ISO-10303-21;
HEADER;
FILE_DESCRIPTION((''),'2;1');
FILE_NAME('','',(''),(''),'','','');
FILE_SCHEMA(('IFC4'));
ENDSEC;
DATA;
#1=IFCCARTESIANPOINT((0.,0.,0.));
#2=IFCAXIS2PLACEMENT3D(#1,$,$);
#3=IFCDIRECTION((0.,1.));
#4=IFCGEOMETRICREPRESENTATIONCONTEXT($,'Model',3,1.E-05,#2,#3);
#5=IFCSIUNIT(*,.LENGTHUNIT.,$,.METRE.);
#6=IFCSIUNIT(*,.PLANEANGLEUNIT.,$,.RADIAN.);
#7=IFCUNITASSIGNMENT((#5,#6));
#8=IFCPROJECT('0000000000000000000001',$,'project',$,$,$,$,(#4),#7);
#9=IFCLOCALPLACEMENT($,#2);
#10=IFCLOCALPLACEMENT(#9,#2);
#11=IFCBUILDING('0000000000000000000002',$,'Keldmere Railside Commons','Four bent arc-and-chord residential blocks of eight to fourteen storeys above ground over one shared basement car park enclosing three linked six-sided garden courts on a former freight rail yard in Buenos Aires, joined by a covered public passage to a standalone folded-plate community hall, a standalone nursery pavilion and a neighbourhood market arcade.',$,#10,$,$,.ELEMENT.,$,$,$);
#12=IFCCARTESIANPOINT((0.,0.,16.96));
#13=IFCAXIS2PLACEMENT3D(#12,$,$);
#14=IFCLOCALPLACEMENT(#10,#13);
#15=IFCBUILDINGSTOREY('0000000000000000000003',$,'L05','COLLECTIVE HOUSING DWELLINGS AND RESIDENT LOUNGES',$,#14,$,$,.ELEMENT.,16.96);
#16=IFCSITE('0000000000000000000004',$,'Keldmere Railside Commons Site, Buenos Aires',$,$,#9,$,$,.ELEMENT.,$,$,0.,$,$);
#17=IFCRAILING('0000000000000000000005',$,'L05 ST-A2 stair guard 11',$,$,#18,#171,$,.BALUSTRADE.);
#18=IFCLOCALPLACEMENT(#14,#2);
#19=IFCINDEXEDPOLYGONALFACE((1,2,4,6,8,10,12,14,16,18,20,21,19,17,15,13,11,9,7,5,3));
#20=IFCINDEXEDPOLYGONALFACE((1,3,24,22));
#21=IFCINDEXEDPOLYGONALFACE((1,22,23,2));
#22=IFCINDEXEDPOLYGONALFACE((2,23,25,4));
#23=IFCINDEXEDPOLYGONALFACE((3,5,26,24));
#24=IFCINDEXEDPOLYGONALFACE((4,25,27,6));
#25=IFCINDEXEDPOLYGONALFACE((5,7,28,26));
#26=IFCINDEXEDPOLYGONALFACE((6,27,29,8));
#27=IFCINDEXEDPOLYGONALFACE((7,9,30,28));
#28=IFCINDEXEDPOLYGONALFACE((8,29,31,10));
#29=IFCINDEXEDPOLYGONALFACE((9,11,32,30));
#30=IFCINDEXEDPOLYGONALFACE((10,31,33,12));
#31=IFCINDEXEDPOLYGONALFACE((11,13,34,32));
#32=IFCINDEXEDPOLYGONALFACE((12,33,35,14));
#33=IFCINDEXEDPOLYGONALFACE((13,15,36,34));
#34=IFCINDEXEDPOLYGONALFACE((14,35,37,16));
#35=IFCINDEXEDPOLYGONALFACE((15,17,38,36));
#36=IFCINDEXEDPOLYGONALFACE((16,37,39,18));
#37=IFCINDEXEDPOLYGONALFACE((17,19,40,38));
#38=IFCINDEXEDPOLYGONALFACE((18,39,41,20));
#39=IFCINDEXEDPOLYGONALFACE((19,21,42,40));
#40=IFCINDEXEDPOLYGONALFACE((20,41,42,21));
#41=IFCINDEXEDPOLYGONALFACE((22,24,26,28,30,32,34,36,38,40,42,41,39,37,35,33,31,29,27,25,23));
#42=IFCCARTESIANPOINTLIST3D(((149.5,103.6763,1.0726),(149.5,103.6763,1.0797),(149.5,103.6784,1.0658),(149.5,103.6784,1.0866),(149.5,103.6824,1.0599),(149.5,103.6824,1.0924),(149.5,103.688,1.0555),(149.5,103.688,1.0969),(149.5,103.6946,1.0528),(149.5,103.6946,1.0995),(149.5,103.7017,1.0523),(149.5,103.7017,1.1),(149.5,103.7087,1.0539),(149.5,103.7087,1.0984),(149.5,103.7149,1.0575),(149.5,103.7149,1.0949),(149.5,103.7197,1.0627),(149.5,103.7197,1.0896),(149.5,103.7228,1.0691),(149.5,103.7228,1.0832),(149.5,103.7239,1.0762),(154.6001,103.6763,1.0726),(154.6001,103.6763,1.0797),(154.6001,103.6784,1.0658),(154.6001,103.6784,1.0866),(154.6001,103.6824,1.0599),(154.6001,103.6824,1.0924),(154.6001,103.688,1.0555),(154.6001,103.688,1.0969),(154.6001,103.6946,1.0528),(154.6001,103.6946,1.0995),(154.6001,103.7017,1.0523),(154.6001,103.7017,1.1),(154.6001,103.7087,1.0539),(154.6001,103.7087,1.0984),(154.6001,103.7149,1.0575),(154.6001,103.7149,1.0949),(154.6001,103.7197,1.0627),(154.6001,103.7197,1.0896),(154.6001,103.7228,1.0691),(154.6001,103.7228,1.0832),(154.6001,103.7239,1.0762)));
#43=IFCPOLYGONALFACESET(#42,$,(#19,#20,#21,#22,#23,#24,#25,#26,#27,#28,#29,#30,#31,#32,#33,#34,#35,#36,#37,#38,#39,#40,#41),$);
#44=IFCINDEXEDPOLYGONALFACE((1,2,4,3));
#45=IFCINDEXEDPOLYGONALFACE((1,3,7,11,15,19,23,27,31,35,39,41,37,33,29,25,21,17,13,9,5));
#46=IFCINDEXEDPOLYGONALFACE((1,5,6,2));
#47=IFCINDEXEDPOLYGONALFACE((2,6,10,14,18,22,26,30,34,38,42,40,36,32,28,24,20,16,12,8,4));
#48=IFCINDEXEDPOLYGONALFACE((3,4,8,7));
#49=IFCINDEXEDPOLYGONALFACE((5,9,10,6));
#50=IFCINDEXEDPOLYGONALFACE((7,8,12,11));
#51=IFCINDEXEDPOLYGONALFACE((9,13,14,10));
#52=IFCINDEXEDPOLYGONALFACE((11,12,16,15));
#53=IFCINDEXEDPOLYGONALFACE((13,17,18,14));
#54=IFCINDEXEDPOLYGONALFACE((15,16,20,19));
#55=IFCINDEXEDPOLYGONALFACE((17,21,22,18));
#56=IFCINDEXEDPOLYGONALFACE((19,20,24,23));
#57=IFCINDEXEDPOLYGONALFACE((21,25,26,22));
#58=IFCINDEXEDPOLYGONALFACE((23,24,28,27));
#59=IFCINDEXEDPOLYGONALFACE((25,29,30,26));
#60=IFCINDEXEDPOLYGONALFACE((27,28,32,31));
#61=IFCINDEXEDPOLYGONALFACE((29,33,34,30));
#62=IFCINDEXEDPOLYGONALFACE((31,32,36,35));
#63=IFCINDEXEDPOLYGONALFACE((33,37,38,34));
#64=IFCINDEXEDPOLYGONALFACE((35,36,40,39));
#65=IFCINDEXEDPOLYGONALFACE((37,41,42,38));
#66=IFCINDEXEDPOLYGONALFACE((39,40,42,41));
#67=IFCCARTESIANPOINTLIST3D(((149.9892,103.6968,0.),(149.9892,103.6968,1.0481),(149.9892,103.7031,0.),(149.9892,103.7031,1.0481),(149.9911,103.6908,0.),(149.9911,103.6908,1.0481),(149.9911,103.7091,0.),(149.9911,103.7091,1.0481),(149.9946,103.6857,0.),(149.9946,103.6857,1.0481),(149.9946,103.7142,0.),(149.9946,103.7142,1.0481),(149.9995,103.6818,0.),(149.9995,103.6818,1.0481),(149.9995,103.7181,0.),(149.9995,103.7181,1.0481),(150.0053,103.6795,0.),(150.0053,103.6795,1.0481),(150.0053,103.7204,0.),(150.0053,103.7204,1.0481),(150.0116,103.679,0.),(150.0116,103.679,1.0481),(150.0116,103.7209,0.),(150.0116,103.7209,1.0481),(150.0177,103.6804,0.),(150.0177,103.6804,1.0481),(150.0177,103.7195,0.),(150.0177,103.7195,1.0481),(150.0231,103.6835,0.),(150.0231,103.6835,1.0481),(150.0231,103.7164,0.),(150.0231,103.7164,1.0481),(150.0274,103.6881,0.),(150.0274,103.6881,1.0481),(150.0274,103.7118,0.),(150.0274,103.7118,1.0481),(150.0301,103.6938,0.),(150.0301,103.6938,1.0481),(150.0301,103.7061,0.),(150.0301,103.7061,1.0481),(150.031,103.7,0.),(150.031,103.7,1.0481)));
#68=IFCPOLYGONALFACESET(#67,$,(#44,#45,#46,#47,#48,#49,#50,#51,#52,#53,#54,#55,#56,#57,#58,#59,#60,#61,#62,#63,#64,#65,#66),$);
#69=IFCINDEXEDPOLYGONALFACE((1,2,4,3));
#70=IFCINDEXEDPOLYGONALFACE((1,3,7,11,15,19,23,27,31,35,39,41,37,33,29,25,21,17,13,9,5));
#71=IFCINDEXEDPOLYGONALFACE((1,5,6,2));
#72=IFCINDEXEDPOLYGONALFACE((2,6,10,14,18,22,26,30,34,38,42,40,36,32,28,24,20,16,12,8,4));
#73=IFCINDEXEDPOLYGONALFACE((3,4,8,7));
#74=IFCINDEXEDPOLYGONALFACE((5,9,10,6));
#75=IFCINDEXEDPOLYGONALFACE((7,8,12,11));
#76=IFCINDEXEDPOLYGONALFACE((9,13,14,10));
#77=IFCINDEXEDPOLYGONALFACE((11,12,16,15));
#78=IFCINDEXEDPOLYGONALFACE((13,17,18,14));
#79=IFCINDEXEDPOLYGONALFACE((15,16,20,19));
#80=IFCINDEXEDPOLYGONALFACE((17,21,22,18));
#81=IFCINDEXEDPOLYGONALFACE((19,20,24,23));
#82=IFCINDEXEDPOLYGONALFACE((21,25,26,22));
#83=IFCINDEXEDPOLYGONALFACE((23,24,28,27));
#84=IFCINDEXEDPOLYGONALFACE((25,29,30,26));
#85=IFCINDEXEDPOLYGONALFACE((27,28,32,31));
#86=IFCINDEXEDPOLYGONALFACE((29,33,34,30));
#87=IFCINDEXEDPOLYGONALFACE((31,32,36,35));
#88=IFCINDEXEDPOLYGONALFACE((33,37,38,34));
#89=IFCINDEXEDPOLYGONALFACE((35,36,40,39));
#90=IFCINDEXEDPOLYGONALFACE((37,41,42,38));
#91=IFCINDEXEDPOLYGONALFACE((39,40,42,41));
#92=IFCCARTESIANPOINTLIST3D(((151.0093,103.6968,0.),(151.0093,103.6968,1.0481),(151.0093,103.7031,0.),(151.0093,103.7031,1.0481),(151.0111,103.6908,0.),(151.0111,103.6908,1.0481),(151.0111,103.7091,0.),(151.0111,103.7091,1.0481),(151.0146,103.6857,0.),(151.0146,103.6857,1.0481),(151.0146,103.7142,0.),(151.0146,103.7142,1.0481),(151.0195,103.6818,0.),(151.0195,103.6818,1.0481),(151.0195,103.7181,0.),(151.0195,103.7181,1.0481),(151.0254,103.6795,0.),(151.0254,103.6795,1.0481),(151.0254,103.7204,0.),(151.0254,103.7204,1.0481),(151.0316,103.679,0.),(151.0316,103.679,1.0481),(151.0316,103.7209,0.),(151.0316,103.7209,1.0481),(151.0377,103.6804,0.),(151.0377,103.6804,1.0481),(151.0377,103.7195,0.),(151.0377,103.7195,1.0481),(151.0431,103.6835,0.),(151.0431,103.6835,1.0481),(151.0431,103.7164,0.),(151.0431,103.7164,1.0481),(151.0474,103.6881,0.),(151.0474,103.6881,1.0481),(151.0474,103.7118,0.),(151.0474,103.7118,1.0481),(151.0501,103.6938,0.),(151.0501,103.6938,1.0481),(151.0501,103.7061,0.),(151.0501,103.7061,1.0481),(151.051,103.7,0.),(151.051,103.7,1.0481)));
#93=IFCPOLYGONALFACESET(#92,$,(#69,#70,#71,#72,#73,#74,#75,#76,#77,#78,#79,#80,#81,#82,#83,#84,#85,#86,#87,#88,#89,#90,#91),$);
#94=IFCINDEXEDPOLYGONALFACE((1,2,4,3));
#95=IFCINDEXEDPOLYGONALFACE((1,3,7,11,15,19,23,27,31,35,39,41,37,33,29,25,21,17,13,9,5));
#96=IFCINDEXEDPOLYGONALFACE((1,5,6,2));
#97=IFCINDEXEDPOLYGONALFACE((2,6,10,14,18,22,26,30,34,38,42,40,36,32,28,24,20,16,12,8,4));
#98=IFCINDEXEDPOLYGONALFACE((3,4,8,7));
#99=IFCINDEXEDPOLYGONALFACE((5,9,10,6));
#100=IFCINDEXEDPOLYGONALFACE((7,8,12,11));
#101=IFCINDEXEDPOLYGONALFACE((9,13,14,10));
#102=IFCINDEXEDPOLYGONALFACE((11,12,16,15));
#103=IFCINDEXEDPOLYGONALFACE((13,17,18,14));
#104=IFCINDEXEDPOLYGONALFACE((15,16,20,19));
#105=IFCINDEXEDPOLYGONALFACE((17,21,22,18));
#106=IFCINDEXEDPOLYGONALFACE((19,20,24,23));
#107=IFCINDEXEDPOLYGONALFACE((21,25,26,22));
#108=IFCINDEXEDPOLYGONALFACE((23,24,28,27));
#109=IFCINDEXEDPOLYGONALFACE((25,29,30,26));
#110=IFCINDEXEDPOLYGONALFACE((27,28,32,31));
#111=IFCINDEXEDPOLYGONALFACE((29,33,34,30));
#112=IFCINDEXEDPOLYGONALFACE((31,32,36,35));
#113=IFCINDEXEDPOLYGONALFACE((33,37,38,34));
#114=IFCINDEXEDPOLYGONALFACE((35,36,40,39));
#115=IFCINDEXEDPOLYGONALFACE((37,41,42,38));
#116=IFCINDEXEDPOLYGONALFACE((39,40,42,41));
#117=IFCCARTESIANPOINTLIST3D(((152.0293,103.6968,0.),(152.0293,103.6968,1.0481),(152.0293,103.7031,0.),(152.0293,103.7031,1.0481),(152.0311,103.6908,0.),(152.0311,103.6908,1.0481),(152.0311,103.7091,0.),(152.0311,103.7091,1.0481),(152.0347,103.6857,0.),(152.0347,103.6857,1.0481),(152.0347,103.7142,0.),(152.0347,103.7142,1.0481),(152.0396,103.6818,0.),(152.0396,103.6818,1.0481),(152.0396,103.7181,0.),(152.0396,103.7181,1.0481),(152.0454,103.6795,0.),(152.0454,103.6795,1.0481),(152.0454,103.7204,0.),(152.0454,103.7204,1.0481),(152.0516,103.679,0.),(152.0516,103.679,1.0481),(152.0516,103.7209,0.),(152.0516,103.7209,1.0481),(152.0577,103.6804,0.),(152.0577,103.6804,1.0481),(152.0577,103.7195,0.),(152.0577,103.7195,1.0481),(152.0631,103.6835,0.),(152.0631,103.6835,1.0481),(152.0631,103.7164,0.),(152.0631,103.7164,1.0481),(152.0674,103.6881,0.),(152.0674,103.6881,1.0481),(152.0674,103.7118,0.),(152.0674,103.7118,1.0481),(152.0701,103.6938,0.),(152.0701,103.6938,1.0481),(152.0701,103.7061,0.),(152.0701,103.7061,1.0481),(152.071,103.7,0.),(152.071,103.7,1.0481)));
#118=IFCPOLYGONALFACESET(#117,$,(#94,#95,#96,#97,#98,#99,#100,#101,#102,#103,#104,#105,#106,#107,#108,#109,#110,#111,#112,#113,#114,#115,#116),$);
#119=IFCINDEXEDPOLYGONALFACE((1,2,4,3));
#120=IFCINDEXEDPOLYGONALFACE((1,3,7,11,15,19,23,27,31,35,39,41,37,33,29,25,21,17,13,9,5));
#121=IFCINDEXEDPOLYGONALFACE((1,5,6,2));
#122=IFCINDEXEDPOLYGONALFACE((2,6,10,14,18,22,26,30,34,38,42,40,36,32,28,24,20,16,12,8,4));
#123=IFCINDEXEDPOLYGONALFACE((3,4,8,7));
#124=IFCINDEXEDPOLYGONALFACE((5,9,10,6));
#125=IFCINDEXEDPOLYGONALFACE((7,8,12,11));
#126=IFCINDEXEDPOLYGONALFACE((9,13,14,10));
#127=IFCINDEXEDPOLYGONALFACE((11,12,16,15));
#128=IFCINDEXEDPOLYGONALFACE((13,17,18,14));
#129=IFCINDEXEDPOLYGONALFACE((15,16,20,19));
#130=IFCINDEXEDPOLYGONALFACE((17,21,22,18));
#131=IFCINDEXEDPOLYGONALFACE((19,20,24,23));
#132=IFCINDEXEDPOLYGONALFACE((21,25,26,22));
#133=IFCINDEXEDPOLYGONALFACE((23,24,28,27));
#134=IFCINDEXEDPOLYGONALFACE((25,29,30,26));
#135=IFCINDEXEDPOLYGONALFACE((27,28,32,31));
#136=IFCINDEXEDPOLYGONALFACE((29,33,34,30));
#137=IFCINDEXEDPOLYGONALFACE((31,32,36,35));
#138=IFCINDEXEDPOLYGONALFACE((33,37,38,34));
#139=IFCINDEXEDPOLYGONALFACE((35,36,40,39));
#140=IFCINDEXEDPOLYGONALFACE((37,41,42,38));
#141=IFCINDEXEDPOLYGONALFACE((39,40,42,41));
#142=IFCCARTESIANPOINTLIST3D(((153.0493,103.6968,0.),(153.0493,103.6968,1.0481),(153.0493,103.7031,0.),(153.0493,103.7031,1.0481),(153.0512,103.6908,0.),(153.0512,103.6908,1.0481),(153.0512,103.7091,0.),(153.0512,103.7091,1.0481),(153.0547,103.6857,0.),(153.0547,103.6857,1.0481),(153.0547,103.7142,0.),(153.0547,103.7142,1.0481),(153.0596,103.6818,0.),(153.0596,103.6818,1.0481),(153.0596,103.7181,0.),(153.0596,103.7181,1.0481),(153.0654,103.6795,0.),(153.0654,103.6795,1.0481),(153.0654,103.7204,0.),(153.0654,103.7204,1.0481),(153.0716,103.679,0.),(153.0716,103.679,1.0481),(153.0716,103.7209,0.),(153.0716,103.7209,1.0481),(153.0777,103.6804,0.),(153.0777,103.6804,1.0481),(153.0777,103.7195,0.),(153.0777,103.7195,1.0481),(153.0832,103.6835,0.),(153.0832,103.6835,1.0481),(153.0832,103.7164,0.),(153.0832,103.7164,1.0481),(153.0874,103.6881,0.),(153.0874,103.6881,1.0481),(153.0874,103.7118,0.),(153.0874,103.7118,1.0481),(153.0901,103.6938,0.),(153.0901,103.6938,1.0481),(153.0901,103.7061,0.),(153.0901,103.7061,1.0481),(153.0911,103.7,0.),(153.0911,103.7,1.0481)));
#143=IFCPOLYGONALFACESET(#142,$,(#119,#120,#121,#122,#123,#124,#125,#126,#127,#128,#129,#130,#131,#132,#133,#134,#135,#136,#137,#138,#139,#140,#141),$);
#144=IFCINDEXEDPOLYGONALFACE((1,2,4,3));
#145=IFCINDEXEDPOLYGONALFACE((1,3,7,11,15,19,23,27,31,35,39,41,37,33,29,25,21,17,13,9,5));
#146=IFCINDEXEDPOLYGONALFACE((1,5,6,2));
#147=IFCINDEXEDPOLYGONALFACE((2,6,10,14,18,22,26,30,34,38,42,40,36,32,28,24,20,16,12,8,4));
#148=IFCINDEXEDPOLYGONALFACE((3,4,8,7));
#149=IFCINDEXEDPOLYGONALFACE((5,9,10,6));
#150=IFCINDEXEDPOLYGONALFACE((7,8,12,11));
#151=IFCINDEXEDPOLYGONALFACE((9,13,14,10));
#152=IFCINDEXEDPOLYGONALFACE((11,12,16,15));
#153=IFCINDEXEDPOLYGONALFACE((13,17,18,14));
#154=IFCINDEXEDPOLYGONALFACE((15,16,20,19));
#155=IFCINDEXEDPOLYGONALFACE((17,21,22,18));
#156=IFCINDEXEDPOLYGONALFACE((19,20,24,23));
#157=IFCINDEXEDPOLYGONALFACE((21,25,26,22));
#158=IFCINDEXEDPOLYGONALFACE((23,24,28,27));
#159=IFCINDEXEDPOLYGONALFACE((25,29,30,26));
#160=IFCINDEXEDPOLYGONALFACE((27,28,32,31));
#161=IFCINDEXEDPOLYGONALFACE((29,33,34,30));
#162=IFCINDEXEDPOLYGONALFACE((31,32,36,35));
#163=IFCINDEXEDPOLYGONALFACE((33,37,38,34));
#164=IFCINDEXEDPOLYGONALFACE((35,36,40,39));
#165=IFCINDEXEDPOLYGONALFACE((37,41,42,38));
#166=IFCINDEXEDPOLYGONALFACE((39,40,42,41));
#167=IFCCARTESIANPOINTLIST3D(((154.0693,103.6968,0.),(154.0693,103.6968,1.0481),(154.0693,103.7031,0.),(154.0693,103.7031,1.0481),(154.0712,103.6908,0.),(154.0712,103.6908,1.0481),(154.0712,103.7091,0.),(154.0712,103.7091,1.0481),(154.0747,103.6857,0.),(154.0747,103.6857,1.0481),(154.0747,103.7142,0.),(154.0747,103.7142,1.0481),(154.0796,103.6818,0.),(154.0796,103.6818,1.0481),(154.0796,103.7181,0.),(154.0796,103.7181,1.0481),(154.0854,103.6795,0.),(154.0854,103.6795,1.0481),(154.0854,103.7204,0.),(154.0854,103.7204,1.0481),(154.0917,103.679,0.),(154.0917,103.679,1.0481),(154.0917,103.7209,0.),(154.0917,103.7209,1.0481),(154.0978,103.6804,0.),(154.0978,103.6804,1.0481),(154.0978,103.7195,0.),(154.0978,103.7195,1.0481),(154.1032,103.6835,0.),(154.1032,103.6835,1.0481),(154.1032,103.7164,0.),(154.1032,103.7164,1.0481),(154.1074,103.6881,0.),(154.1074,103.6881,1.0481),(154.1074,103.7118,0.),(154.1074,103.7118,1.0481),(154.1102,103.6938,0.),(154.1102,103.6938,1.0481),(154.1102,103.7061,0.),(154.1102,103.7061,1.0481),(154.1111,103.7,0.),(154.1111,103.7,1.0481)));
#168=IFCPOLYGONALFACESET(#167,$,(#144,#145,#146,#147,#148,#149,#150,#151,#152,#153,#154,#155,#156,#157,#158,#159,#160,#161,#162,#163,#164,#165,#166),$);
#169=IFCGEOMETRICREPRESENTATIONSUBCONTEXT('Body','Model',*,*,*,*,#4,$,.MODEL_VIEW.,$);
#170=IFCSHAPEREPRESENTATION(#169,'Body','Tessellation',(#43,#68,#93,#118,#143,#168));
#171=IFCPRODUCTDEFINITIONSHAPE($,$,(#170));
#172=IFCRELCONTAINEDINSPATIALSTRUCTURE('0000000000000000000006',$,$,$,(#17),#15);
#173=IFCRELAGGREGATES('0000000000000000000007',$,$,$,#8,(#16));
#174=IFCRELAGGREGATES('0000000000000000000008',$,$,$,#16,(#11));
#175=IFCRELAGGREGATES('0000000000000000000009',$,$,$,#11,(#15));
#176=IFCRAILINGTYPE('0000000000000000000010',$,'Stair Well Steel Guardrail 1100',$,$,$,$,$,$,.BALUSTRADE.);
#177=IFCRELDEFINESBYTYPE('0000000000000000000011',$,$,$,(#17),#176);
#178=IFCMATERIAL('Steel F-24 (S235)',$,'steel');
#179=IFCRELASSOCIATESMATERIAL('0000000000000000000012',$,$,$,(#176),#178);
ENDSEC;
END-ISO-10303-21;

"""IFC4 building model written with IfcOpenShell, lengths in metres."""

from ifc_helpers import new_model, si_unit, direction, frame, origin, origin_2d, place, context, subcontext, project, spatial, circle, extrude, material, type_object, element, save


model = new_model("IFC4")

# Units and contexts
model_context = context("Model", 3, precision=1e-05, world=origin(), true_north=direction((0.0, 1.0)))
body_context = subcontext(model_context, "Body", "Model", "MODEL_VIEW")
ifc_project = project(units=[si_unit("LENGTHUNIT", "METRE"), si_unit("PLANEANGLEUNIT", "RADIAN")], contexts=[model_context])

# Site, building, storey
site_placement = place(None, origin())
site = spatial("IfcSite", under=ifc_project, at=site_placement, Name="Keldmere Railside Commons Site, Buenos Aires", CompositionType="ELEMENT", RefElevation=0.0)
building_placement = place(site_placement, origin())
building = spatial("IfcBuilding", under=site, at=building_placement, Name="Keldmere Railside Commons", Description="Four bent arc-and-chord residential blocks of eight to fourteen storeys above ground over one shared basement car park enclosing three linked six-sided garden courts on a former freight rail yard in Buenos Aires, joined by a covered public passage to a standalone folded-plate community hall, a standalone nursery pavilion and a neighbourhood market arcade.", CompositionType="ELEMENT")
storey_placement = place(building_placement, frame((0.0, 0.0, 16.96)))
storey = spatial("IfcBuildingStorey", under=building, at=storey_placement, Name="L05", Description="COLLECTIVE HOUSING DWELLINGS AND RESIDENT LOUNGES", CompositionType="ELEMENT", Elevation=16.96)

# Shared definitions
ifc_material_1 = material(Name="Steel F-24 (S235)", Category="steel")

# Railing
railing_type_1 = type_object("IfcRailingType", Name="Stair Well Steel Guardrail 1100", PredefinedType="BALUSTRADE", material=ifc_material_1)
for number, where, name in (
    (1, (149.5, 103.7, 0.0), "L05 ST-A2 stair guard 11"),
):
    element("IfcRailing", number, at=place(storey_placement, frame(where)), inside=storey, type_object=railing_type_1, Name=name, PredefinedType="BALUSTRADE", context=body_context, shape_type="SweptSolid", body=[
        extrude(circle(Radius=0.0239, at=origin_2d()), frame((0.0, 0.0, 1.0762), z_axis=(1.0, 0.0, 0.0), x_axis=(0.0, 1.0, 0.0)), (0.0, 0.0, 1.0), 5.1001),
        extrude(circle(Radius=0.021, at=origin_2d()), frame((0.51, 0.0, 0.0)), (0.0, 0.0, 1.0), 1.0481),
        extrude(circle(Radius=0.021, at=origin_2d()), frame((1.53, 0.0, 0.0)), (0.0, 0.0, 1.0), 1.0481),
        extrude(circle(Radius=0.021, at=origin_2d()), frame((2.55, 0.0, 0.0)), (0.0, 0.0, 1.0), 1.0481),
        extrude(circle(Radius=0.021, at=origin_2d()), frame((3.5701, 0.0, 0.0)), (0.0, 0.0, 1.0), 1.0481),
        extrude(circle(Radius=0.021, at=origin_2d()), frame((4.5901, 0.0, 0.0)), (0.0, 0.0, 1.0), 1.0481),
    ])

save(model, "model.ifc")
